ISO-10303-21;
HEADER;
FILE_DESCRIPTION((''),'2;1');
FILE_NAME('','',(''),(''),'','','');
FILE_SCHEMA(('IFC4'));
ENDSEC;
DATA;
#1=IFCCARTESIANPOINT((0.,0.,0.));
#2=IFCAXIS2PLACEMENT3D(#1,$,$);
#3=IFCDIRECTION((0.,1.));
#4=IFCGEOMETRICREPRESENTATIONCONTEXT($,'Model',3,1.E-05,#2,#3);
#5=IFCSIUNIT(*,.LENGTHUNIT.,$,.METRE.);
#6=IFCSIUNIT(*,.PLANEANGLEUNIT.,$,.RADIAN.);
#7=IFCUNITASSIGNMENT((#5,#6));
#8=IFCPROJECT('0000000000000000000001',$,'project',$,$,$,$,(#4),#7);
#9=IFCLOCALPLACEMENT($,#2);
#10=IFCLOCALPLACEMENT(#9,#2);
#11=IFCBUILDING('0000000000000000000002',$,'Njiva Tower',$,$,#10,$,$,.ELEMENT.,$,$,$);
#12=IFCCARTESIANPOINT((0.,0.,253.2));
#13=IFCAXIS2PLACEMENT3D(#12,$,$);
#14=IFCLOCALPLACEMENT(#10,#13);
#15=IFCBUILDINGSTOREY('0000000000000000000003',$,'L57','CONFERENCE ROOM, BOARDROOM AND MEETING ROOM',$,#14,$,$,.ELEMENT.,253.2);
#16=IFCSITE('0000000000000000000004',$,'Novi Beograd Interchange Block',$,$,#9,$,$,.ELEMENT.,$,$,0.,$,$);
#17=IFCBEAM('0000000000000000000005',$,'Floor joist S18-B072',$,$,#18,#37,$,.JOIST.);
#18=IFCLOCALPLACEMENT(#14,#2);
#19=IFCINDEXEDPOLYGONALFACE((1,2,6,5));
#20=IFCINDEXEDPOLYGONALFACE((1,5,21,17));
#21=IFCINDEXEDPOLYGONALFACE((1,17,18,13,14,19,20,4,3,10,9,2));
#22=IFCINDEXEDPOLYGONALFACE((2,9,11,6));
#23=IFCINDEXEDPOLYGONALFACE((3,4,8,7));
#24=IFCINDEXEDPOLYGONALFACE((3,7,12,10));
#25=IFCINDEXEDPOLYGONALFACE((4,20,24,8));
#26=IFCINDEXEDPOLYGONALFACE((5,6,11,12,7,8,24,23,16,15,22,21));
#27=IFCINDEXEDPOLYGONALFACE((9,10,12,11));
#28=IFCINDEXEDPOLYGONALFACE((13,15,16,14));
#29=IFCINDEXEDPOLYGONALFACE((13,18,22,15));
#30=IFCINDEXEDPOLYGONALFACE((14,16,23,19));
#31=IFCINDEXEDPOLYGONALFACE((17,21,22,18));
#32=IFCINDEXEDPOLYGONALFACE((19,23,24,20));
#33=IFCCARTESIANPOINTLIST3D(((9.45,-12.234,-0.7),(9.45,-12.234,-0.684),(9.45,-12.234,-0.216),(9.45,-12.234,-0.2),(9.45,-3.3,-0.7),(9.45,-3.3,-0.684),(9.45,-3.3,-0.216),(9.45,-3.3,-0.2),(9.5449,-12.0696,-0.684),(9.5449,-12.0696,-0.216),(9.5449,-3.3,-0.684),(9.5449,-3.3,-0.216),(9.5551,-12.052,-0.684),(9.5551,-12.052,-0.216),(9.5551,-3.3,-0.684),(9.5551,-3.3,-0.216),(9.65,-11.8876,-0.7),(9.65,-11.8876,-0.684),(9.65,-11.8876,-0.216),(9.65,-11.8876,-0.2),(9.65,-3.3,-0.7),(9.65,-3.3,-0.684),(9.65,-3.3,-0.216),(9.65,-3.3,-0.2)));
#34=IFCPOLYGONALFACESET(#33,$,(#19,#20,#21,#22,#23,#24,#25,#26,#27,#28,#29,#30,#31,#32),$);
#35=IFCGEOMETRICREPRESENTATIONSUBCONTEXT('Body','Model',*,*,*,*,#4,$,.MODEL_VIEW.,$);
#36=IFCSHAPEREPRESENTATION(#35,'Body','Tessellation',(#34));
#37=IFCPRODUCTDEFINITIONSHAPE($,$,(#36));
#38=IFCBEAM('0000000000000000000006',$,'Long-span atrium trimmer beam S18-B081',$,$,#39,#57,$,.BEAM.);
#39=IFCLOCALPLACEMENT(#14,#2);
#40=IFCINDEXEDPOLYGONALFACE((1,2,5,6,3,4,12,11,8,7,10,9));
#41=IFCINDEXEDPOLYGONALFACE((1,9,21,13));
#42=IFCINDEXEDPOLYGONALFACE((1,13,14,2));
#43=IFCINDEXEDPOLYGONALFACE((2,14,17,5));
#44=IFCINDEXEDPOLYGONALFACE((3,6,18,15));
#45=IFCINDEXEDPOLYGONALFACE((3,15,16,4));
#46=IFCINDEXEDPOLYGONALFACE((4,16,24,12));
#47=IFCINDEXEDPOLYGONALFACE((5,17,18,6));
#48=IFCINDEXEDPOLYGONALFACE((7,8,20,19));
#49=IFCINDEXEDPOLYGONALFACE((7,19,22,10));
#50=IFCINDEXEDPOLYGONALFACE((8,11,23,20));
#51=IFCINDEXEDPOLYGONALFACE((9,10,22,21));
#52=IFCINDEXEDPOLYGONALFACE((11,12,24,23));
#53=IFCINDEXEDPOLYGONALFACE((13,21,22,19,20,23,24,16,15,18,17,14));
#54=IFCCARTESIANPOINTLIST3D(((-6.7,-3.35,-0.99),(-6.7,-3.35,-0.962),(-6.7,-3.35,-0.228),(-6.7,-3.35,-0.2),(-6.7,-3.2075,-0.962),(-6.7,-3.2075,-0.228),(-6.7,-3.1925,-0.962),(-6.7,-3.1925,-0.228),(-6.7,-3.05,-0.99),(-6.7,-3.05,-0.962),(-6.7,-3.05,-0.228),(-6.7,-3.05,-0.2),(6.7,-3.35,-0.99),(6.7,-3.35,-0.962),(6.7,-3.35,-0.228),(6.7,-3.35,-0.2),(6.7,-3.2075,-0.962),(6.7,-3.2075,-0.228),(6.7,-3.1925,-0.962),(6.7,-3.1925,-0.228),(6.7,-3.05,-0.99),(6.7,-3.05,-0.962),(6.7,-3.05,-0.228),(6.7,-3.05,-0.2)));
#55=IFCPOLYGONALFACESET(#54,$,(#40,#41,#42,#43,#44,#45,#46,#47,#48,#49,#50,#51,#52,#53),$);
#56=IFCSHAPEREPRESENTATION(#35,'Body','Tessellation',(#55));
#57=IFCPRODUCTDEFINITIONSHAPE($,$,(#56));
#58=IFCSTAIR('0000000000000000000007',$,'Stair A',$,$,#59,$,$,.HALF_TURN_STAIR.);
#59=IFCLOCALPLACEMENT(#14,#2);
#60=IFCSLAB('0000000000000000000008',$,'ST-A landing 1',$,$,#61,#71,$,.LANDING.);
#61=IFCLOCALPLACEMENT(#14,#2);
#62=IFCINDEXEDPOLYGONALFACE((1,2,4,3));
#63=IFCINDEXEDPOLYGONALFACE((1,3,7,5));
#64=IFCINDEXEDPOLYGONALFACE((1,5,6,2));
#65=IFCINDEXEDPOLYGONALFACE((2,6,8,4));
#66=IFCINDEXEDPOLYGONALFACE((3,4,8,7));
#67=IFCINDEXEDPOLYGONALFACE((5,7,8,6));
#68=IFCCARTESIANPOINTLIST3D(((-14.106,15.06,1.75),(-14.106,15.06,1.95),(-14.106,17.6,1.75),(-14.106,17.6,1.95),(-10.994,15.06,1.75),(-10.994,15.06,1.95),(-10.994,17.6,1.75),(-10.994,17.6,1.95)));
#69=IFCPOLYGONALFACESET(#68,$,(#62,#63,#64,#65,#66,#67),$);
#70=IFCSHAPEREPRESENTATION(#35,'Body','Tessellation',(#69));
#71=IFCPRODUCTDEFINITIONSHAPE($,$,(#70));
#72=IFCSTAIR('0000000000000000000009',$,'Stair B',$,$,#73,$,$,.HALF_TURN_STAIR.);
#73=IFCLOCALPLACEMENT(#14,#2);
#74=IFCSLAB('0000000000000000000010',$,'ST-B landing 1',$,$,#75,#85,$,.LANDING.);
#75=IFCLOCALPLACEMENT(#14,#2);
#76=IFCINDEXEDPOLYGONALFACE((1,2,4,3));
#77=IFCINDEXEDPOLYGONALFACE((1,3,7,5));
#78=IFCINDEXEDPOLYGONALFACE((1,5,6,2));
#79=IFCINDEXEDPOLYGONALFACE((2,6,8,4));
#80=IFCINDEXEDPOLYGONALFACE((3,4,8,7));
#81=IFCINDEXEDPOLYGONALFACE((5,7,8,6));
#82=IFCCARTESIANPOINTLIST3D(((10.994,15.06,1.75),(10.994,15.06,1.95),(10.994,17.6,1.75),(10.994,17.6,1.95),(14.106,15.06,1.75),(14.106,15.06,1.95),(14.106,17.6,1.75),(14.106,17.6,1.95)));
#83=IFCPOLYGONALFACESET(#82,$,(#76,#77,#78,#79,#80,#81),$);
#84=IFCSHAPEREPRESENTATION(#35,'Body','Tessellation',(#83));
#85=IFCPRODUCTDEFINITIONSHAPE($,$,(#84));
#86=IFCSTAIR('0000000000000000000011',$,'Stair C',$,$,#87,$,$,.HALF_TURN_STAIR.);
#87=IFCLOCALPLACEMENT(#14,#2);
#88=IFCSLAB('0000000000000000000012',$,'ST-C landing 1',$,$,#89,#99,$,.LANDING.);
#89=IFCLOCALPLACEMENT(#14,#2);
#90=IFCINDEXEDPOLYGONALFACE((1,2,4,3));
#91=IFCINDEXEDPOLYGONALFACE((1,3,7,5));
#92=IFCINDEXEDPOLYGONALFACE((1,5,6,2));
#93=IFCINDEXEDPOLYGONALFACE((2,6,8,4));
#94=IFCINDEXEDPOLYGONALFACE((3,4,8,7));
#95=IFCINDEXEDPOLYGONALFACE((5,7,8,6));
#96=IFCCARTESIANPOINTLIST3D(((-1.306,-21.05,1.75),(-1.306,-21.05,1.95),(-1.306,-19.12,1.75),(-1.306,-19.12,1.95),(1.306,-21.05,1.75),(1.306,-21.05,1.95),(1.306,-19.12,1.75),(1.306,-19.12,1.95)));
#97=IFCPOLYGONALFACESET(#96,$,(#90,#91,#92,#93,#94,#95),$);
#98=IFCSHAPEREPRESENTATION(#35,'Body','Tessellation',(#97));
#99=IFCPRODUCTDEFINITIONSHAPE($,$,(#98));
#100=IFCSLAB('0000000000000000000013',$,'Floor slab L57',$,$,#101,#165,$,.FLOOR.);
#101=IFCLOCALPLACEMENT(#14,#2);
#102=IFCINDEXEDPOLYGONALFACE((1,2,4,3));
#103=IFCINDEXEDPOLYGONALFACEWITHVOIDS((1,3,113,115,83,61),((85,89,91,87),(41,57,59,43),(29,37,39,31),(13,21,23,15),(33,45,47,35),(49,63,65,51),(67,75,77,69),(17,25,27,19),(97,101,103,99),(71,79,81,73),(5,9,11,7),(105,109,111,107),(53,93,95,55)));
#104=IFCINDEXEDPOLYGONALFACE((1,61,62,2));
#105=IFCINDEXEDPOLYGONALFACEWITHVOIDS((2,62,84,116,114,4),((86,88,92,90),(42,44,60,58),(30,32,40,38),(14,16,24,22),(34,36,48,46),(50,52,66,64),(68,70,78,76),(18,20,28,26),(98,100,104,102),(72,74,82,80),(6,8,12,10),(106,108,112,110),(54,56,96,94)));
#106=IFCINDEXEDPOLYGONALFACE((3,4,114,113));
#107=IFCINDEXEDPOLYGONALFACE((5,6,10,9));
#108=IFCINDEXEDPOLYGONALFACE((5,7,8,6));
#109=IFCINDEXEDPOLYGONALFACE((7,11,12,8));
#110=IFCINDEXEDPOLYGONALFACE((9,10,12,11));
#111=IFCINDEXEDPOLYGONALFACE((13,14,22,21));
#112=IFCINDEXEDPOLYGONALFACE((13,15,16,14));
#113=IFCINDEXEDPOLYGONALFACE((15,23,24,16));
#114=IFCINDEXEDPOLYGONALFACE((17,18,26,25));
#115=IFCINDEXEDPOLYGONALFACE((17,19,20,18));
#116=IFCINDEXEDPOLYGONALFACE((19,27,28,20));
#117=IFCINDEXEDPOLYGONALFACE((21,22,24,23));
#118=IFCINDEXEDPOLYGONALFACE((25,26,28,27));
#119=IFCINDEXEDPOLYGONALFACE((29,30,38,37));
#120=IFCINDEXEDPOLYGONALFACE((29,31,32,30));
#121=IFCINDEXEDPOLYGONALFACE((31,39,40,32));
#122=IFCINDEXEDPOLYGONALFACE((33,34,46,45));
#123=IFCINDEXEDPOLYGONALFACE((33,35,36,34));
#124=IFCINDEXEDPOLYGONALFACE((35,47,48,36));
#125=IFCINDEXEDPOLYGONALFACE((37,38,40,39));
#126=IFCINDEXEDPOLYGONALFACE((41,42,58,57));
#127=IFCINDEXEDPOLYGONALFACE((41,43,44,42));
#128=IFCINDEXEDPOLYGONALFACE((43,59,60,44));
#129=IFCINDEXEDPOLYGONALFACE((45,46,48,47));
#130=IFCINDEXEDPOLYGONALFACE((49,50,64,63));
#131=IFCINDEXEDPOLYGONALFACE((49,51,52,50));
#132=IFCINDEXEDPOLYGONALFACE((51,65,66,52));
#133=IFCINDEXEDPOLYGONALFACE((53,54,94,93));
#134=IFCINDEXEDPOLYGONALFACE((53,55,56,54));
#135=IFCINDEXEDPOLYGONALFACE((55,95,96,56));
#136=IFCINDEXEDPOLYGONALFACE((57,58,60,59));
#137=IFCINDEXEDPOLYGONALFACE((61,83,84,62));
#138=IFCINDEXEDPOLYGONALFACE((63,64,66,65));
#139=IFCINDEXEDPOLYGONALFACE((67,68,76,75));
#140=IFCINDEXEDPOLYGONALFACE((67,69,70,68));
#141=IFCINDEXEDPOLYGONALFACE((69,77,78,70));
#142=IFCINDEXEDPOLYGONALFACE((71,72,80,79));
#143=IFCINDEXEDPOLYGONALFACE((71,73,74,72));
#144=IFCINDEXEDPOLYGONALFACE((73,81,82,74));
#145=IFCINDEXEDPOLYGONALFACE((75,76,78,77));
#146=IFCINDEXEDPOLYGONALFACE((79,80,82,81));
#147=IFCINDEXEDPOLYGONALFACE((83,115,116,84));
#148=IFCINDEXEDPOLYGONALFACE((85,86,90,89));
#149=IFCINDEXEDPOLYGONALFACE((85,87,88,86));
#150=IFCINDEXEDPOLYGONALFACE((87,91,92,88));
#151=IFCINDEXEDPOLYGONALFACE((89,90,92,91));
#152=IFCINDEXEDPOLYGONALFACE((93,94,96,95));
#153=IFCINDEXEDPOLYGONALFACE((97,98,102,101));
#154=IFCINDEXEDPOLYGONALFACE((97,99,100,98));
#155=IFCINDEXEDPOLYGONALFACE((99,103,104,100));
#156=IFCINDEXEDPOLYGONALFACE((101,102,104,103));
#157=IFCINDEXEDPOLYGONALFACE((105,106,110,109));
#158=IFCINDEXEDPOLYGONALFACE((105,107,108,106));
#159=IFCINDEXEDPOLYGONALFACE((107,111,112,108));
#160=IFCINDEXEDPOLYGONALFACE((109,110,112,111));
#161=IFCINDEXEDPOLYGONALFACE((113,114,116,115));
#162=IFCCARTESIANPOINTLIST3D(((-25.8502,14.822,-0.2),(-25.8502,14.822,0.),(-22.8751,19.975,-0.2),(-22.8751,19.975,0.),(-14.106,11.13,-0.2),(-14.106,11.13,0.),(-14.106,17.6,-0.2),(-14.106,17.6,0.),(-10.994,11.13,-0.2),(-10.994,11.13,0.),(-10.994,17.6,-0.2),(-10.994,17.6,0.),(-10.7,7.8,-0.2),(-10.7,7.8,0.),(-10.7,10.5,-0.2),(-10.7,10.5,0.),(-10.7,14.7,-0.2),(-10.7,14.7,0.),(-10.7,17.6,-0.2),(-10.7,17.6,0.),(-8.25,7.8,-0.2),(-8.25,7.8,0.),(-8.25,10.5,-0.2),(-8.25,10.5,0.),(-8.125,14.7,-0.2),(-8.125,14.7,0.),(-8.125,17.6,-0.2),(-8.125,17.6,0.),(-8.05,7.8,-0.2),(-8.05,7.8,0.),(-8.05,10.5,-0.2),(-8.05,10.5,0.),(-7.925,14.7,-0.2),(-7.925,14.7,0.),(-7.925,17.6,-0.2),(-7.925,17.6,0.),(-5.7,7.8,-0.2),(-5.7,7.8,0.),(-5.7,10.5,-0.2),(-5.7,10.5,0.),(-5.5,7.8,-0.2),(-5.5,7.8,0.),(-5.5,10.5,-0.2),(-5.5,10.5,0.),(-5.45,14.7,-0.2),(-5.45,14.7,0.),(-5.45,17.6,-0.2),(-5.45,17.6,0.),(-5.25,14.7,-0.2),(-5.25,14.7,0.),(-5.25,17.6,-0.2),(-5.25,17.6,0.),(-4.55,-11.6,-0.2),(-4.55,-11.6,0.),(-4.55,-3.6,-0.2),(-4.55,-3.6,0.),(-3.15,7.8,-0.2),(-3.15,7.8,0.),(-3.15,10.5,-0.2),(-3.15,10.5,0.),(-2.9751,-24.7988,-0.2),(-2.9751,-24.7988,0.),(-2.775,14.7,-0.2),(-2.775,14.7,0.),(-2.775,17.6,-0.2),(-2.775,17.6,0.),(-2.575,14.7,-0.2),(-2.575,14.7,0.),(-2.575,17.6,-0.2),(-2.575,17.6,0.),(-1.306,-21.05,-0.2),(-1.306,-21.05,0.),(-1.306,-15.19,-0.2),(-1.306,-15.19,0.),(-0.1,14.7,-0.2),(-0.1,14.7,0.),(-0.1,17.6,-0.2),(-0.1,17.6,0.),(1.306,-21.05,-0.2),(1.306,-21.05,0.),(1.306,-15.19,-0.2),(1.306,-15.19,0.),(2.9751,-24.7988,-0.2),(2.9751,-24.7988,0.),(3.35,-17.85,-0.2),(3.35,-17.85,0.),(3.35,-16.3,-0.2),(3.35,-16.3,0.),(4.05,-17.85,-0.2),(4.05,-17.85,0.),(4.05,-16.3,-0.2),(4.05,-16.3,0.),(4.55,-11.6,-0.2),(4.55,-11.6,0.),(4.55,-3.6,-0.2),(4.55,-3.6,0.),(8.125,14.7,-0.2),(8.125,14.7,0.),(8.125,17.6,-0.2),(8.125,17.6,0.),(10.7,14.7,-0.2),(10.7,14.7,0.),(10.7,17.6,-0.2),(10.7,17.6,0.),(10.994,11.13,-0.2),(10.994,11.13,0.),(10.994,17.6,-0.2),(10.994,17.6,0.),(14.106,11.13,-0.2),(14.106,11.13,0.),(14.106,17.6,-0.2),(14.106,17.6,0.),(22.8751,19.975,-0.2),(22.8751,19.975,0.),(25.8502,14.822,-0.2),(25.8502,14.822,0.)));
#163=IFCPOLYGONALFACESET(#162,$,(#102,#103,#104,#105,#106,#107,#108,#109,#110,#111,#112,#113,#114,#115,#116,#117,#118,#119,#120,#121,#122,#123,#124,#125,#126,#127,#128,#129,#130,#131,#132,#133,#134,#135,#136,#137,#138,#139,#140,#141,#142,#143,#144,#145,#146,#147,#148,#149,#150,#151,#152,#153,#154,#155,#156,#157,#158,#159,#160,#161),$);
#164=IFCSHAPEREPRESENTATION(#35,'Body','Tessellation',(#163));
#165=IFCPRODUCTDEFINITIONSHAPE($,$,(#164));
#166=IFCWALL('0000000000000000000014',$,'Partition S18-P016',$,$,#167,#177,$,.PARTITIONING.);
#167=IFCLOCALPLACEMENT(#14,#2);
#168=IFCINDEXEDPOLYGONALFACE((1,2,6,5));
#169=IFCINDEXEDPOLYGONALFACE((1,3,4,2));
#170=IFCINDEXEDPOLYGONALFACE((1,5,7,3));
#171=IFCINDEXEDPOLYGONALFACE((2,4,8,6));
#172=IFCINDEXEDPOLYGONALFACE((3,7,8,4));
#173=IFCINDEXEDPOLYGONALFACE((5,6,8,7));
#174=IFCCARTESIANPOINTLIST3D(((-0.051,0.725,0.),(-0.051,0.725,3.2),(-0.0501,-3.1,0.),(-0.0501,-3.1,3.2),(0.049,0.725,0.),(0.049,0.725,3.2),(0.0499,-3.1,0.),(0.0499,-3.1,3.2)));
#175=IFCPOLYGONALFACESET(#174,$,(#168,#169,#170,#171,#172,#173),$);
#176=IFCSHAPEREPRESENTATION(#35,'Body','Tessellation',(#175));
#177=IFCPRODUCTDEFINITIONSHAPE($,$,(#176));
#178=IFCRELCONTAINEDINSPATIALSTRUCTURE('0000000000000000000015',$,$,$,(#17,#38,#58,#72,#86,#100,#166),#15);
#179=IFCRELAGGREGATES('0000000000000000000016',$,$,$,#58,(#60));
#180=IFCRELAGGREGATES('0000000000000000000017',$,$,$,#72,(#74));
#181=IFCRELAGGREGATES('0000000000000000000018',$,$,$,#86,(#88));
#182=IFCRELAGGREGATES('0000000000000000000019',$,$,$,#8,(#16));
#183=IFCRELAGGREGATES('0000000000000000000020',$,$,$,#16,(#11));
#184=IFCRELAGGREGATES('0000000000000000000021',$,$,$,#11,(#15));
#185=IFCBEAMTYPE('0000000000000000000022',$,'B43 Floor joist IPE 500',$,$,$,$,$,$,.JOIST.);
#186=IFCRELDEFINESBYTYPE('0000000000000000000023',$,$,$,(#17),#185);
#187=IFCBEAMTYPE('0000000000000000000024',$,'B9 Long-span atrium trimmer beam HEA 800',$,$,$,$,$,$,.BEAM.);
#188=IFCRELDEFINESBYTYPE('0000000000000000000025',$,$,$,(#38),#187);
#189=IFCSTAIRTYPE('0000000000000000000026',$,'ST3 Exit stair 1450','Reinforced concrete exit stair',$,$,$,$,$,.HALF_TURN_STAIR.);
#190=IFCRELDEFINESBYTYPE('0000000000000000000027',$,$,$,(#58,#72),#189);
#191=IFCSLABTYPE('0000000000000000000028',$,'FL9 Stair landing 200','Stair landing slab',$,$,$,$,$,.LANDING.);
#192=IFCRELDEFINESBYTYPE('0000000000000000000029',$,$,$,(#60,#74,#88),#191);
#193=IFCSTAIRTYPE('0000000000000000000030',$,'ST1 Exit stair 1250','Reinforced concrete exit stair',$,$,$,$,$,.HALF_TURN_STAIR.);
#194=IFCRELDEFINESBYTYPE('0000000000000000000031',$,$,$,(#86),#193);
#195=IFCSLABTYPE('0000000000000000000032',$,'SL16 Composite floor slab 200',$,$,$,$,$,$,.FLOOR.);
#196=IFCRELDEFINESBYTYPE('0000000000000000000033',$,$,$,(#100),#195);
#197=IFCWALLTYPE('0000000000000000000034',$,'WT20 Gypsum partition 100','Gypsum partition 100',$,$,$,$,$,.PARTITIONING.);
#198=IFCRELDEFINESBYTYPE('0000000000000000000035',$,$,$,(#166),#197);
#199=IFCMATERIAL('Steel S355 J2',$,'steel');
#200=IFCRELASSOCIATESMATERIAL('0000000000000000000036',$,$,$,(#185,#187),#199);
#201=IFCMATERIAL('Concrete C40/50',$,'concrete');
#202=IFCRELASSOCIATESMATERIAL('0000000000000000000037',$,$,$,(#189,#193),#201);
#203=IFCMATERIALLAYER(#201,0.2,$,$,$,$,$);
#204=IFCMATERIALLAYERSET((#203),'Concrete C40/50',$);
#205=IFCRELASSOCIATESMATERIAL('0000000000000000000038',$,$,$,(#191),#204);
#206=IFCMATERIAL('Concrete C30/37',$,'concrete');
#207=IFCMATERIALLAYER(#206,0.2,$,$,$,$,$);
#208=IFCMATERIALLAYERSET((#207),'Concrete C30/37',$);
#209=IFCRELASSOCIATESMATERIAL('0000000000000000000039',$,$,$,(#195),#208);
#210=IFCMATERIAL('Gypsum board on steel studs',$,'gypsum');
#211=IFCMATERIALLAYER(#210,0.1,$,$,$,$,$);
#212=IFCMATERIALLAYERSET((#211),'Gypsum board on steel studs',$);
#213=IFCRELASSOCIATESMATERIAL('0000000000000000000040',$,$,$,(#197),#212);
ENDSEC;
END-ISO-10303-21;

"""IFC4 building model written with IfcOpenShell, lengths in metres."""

from ifc_helpers import new_model, si_unit, direction, frame, frame_2d, origin, origin_2d, place, context, subcontext, project, spatial, polyline, rectangle, i_section, outline, extrude, clip, halfspace, material, layer, layer_set, material_profile, profile_set, type_object, element, aggregate, save


model = new_model("IFC4")

# Units and contexts
model_context = context("Model", 3, precision=1e-05, world=origin(), true_north=direction((0.0, 1.0)))
body_context = subcontext(model_context, "Body", "Model", "MODEL_VIEW")
ifc_project = project(units=[si_unit("LENGTHUNIT", "METRE"), si_unit("PLANEANGLEUNIT", "RADIAN")], contexts=[model_context])

# Site, building, storey
site_placement = place(None, origin())
site = spatial("IfcSite", under=ifc_project, at=site_placement, Name="Novi Beograd Interchange Block", CompositionType="ELEMENT", RefElevation=0.0)
building_placement = place(site_placement, origin())
building = spatial("IfcBuilding", under=site, at=building_placement, Name="Njiva Tower", CompositionType="ELEMENT")
storey_placement = place(building_placement, frame((0.0, 0.0, 253.2)))
storey = spatial("IfcBuildingStorey", under=building, at=storey_placement, Name="L57", Description="CONFERENCE ROOM, BOARDROOM AND MEETING ROOM", CompositionType="ELEMENT", Elevation=253.2)

# Shared definitions
ifc_material_1 = material(Name="Steel S355 J2", Category="steel")

# Beams
ifc_material_profile_1 = material_profile(ifc_material_1, i_section(OverallWidth=0.2, OverallDepth=0.5, WebThickness=0.0102, FlangeThickness=0.016, at=origin_2d()), Name="IPE 500")
ifc_profile_set_1 = profile_set([ifc_material_profile_1], Name="Steel S355 J2")
beam_type_1 = type_object("IfcBeamType", Name="B43 Floor joist IPE 500", PredefinedType="JOIST", material=ifc_profile_set_1)
beam_1_placement = place(storey_placement, frame((9.55, -3.3, -0.45), z_axis=(0.0, -1.0, 0.0), x_axis=(1.0, 0.0, 0.0)))
element("IfcBeam", 1, at=beam_1_placement, inside=storey, type_object=beam_type_1, Name="Floor joist S18-B072", PredefinedType="JOIST", context=body_context, shape_type="Clipping", body=[
    clip(extrude(i_section(OverallWidth=0.2, OverallDepth=0.5, WebThickness=0.0102, FlangeThickness=0.016, at=origin_2d()), origin(), (0.0, 0.0, 1.0), 8.954), halfspace(frame((0.0433, 0.0, 8.6858), z_axis=(0.866027, 0.0, 0.499998), x_axis=(0.0, 1.0, 0.0)), False)),
])
ifc_material_profile_2 = material_profile(ifc_material_1, i_section(OverallWidth=0.3, OverallDepth=0.79, WebThickness=0.015, FlangeThickness=0.028, at=origin_2d()), Name="HEA 800")
ifc_profile_set_2 = profile_set([ifc_material_profile_2], Name="Steel S355 J2")
beam_type_2 = type_object("IfcBeamType", Name="B9 Long-span atrium trimmer beam HEA 800", PredefinedType="BEAM", material=ifc_profile_set_2)
beam_2_placement = place(storey_placement, frame((6.7, -3.2, -0.595), z_axis=(-1.0, 0.0, 0.0), x_axis=(0.0, -1.0, 0.0)))
element("IfcBeam", 2, at=beam_2_placement, inside=storey, type_object=beam_type_2, Name="Long-span atrium trimmer beam S18-B081", PredefinedType="BEAM", context=body_context, shape_type="SweptSolid", body=[
    extrude(i_section(OverallWidth=0.3, OverallDepth=0.79, WebThickness=0.015, FlangeThickness=0.028, at=origin_2d()), origin(), (0.0, 0.0, 1.0), 13.4),
])

# Stairs, slabs
ifc_material_2 = material(Name="Concrete C40/50", Category="concrete")
stair_type_1 = type_object("IfcStairType", Name="ST3 Exit stair 1450", Description="Reinforced concrete exit stair", PredefinedType="HALF_TURN_STAIR", material=ifc_material_2)
stair_1_placement = place(storey_placement, origin())
stair_1 = element("IfcStair", 3, at=stair_1_placement, inside=storey, type_object=stair_type_1, Name="Stair A", PredefinedType="HALF_TURN_STAIR")
ifc_layer_1 = layer(ifc_material_2, 0.2)
ifc_layer_set_1 = layer_set([ifc_layer_1], Name="Concrete C40/50")
slab_type_1 = type_object("IfcSlabType", Name="FL9 Stair landing 200", Description="Stair landing slab", PredefinedType="LANDING", material=ifc_layer_set_1)
slab_1_placement = place(storey_placement, frame((0.0, 0.0, 1.75)))
slab_1 = element("IfcSlab", 4, at=slab_1_placement, type_object=slab_type_1, Name="ST-A landing 1", PredefinedType="LANDING", context=body_context, shape_type="SweptSolid", body=[
    extrude(outline(polyline([(-14.106, 15.06), (-10.994, 15.06), (-10.994, 17.6), (-14.106, 17.6), (-14.106, 15.06)])), origin(), (0.0, 0.0, 1.0), 0.2),
])
aggregate(stair_1, [slab_1])
stair_2_placement = place(storey_placement, origin())
stair_2 = element("IfcStair", 5, at=stair_2_placement, inside=storey, type_object=stair_type_1, Name="Stair B", PredefinedType="HALF_TURN_STAIR")
slab_2_placement = place(storey_placement, frame((0.0, 0.0, 1.75)))
slab_2 = element("IfcSlab", 6, at=slab_2_placement, type_object=slab_type_1, Name="ST-B landing 1", PredefinedType="LANDING", context=body_context, shape_type="SweptSolid", body=[
    extrude(outline(polyline([(10.994, 15.06), (14.106, 15.06), (14.106, 17.6), (10.994, 17.6), (10.994, 15.06)])), origin(), (0.0, 0.0, 1.0), 0.2),
])
aggregate(stair_2, [slab_2])
stair_type_2 = type_object("IfcStairType", Name="ST1 Exit stair 1250", Description="Reinforced concrete exit stair", PredefinedType="HALF_TURN_STAIR", material=ifc_material_2)
stair_3_placement = place(storey_placement, origin())
stair_3 = element("IfcStair", 7, at=stair_3_placement, inside=storey, type_object=stair_type_2, Name="Stair C", PredefinedType="HALF_TURN_STAIR")
slab_3_placement = place(storey_placement, frame((0.0, 0.0, 1.75)))
slab_3 = element("IfcSlab", 8, at=slab_3_placement, type_object=slab_type_1, Name="ST-C landing 1", PredefinedType="LANDING", context=body_context, shape_type="SweptSolid", body=[
    extrude(outline(polyline([(-1.306, -21.05), (1.306, -21.05), (1.306, -19.12), (-1.306, -19.12), (-1.306, -21.05)])), origin(), (0.0, 0.0, 1.0), 0.2),
])
aggregate(stair_3, [slab_3])

# Slab
ifc_material_3 = material(Name="Concrete C30/37", Category="concrete")
ifc_layer_2 = layer(ifc_material_3, 0.2)
ifc_layer_set_2 = layer_set([ifc_layer_2], Name="Concrete C30/37")
slab_type_2 = type_object("IfcSlabType", Name="SL16 Composite floor slab 200", PredefinedType="FLOOR", material=ifc_layer_set_2)
slab_4_placement = place(storey_placement, frame((0.0, 0.0, -0.2)))
element("IfcSlab", 9, at=slab_4_placement, inside=storey, type_object=slab_type_2, Name="Floor slab L57", PredefinedType="FLOOR", context=body_context, shape_type="SweptSolid", body=[
    extrude(outline(polyline([(25.8502, 14.822), (2.9751, -24.7988), (-2.9751, -24.7988), (-25.8502, 14.822), (-22.8751, 19.975), (22.8751, 19.975), (25.8502, 14.822)]), holes=[polyline([(10.994, 11.13), (14.106, 11.13), (14.106, 17.6), (10.994, 17.6), (10.994, 11.13)]), polyline([(8.125, 14.7), (10.7, 14.7), (10.7, 17.6), (8.125, 17.6), (8.125, 14.7)]), polyline([(4.55, -11.6), (4.55, -3.6), (-4.55, -3.6), (-4.55, -11.6), (4.55, -11.6)]), polyline([(3.35, -17.85), (4.05, -17.85), (4.05, -16.3), (3.35, -16.3), (3.35, -17.85)]), polyline([(-1.306, -21.05), (1.306, -21.05), (1.306, -15.19), (-1.306, -15.19), (-1.306, -21.05)]), polyline([(-2.575, 14.7), (-0.1, 14.7), (-0.1, 17.6), (-2.575, 17.6), (-2.575, 14.7)]), polyline([(-2.775, 14.7), (-2.775, 17.6), (-5.25, 17.6), (-5.25, 14.7), (-2.775, 14.7)]), polyline([(-5.5, 7.8), (-3.15, 7.8), (-3.15, 10.5), (-5.5, 10.5), (-5.5, 7.8)]), polyline([(-7.925, 14.7), (-5.45, 14.7), (-5.45, 17.6), (-7.925, 17.6), (-7.925, 14.7)]), polyline([(-8.05, 7.8), (-5.7, 7.8), (-5.7, 10.5), (-8.05, 10.5), (-8.05, 7.8)]), polyline([(-10.7, 14.7), (-8.125, 14.7), (-8.125, 17.6), (-10.7, 17.6), (-10.7, 14.7)]), polyline([(-8.25, 7.8), (-8.25, 10.5), (-10.7, 10.5), (-10.7, 7.8), (-8.25, 7.8)]), polyline([(-10.994, 11.13), (-10.994, 17.6), (-14.106, 17.6), (-14.106, 11.13), (-10.994, 11.13)])]), origin(), (0.0, 0.0, 1.0), 0.2),
])

# Wall
ifc_material_4 = material(Name="Gypsum board on steel studs", Category="gypsum")
ifc_layer_3 = layer(ifc_material_4, 0.1)
ifc_layer_set_3 = layer_set([ifc_layer_3], Name="Gypsum board on steel studs")
wall_type_1 = type_object("IfcWallType", Name="WT20 Gypsum partition 100", Description="Gypsum partition 100", PredefinedType="PARTITIONING", material=ifc_layer_set_3)
wall_1_placement = place(storey_placement, frame((-0.001, 0.725, 0.0), z_axis=(0.0, 0.0, 1.0), x_axis=(0.000235, -1.0, 0.0)))
element("IfcWall", 10, at=wall_1_placement, inside=storey, type_object=wall_type_1, Name="Partition S18-P016", PredefinedType="PARTITIONING", context=body_context, shape_type="SweptSolid", body=[
    extrude(rectangle(XDim=3.825, YDim=0.1, at=frame_2d((1.9125, 0.0))), origin(), (0.0, 0.0, 1.0), 3.2),
])

save(model, "model.ifc")
